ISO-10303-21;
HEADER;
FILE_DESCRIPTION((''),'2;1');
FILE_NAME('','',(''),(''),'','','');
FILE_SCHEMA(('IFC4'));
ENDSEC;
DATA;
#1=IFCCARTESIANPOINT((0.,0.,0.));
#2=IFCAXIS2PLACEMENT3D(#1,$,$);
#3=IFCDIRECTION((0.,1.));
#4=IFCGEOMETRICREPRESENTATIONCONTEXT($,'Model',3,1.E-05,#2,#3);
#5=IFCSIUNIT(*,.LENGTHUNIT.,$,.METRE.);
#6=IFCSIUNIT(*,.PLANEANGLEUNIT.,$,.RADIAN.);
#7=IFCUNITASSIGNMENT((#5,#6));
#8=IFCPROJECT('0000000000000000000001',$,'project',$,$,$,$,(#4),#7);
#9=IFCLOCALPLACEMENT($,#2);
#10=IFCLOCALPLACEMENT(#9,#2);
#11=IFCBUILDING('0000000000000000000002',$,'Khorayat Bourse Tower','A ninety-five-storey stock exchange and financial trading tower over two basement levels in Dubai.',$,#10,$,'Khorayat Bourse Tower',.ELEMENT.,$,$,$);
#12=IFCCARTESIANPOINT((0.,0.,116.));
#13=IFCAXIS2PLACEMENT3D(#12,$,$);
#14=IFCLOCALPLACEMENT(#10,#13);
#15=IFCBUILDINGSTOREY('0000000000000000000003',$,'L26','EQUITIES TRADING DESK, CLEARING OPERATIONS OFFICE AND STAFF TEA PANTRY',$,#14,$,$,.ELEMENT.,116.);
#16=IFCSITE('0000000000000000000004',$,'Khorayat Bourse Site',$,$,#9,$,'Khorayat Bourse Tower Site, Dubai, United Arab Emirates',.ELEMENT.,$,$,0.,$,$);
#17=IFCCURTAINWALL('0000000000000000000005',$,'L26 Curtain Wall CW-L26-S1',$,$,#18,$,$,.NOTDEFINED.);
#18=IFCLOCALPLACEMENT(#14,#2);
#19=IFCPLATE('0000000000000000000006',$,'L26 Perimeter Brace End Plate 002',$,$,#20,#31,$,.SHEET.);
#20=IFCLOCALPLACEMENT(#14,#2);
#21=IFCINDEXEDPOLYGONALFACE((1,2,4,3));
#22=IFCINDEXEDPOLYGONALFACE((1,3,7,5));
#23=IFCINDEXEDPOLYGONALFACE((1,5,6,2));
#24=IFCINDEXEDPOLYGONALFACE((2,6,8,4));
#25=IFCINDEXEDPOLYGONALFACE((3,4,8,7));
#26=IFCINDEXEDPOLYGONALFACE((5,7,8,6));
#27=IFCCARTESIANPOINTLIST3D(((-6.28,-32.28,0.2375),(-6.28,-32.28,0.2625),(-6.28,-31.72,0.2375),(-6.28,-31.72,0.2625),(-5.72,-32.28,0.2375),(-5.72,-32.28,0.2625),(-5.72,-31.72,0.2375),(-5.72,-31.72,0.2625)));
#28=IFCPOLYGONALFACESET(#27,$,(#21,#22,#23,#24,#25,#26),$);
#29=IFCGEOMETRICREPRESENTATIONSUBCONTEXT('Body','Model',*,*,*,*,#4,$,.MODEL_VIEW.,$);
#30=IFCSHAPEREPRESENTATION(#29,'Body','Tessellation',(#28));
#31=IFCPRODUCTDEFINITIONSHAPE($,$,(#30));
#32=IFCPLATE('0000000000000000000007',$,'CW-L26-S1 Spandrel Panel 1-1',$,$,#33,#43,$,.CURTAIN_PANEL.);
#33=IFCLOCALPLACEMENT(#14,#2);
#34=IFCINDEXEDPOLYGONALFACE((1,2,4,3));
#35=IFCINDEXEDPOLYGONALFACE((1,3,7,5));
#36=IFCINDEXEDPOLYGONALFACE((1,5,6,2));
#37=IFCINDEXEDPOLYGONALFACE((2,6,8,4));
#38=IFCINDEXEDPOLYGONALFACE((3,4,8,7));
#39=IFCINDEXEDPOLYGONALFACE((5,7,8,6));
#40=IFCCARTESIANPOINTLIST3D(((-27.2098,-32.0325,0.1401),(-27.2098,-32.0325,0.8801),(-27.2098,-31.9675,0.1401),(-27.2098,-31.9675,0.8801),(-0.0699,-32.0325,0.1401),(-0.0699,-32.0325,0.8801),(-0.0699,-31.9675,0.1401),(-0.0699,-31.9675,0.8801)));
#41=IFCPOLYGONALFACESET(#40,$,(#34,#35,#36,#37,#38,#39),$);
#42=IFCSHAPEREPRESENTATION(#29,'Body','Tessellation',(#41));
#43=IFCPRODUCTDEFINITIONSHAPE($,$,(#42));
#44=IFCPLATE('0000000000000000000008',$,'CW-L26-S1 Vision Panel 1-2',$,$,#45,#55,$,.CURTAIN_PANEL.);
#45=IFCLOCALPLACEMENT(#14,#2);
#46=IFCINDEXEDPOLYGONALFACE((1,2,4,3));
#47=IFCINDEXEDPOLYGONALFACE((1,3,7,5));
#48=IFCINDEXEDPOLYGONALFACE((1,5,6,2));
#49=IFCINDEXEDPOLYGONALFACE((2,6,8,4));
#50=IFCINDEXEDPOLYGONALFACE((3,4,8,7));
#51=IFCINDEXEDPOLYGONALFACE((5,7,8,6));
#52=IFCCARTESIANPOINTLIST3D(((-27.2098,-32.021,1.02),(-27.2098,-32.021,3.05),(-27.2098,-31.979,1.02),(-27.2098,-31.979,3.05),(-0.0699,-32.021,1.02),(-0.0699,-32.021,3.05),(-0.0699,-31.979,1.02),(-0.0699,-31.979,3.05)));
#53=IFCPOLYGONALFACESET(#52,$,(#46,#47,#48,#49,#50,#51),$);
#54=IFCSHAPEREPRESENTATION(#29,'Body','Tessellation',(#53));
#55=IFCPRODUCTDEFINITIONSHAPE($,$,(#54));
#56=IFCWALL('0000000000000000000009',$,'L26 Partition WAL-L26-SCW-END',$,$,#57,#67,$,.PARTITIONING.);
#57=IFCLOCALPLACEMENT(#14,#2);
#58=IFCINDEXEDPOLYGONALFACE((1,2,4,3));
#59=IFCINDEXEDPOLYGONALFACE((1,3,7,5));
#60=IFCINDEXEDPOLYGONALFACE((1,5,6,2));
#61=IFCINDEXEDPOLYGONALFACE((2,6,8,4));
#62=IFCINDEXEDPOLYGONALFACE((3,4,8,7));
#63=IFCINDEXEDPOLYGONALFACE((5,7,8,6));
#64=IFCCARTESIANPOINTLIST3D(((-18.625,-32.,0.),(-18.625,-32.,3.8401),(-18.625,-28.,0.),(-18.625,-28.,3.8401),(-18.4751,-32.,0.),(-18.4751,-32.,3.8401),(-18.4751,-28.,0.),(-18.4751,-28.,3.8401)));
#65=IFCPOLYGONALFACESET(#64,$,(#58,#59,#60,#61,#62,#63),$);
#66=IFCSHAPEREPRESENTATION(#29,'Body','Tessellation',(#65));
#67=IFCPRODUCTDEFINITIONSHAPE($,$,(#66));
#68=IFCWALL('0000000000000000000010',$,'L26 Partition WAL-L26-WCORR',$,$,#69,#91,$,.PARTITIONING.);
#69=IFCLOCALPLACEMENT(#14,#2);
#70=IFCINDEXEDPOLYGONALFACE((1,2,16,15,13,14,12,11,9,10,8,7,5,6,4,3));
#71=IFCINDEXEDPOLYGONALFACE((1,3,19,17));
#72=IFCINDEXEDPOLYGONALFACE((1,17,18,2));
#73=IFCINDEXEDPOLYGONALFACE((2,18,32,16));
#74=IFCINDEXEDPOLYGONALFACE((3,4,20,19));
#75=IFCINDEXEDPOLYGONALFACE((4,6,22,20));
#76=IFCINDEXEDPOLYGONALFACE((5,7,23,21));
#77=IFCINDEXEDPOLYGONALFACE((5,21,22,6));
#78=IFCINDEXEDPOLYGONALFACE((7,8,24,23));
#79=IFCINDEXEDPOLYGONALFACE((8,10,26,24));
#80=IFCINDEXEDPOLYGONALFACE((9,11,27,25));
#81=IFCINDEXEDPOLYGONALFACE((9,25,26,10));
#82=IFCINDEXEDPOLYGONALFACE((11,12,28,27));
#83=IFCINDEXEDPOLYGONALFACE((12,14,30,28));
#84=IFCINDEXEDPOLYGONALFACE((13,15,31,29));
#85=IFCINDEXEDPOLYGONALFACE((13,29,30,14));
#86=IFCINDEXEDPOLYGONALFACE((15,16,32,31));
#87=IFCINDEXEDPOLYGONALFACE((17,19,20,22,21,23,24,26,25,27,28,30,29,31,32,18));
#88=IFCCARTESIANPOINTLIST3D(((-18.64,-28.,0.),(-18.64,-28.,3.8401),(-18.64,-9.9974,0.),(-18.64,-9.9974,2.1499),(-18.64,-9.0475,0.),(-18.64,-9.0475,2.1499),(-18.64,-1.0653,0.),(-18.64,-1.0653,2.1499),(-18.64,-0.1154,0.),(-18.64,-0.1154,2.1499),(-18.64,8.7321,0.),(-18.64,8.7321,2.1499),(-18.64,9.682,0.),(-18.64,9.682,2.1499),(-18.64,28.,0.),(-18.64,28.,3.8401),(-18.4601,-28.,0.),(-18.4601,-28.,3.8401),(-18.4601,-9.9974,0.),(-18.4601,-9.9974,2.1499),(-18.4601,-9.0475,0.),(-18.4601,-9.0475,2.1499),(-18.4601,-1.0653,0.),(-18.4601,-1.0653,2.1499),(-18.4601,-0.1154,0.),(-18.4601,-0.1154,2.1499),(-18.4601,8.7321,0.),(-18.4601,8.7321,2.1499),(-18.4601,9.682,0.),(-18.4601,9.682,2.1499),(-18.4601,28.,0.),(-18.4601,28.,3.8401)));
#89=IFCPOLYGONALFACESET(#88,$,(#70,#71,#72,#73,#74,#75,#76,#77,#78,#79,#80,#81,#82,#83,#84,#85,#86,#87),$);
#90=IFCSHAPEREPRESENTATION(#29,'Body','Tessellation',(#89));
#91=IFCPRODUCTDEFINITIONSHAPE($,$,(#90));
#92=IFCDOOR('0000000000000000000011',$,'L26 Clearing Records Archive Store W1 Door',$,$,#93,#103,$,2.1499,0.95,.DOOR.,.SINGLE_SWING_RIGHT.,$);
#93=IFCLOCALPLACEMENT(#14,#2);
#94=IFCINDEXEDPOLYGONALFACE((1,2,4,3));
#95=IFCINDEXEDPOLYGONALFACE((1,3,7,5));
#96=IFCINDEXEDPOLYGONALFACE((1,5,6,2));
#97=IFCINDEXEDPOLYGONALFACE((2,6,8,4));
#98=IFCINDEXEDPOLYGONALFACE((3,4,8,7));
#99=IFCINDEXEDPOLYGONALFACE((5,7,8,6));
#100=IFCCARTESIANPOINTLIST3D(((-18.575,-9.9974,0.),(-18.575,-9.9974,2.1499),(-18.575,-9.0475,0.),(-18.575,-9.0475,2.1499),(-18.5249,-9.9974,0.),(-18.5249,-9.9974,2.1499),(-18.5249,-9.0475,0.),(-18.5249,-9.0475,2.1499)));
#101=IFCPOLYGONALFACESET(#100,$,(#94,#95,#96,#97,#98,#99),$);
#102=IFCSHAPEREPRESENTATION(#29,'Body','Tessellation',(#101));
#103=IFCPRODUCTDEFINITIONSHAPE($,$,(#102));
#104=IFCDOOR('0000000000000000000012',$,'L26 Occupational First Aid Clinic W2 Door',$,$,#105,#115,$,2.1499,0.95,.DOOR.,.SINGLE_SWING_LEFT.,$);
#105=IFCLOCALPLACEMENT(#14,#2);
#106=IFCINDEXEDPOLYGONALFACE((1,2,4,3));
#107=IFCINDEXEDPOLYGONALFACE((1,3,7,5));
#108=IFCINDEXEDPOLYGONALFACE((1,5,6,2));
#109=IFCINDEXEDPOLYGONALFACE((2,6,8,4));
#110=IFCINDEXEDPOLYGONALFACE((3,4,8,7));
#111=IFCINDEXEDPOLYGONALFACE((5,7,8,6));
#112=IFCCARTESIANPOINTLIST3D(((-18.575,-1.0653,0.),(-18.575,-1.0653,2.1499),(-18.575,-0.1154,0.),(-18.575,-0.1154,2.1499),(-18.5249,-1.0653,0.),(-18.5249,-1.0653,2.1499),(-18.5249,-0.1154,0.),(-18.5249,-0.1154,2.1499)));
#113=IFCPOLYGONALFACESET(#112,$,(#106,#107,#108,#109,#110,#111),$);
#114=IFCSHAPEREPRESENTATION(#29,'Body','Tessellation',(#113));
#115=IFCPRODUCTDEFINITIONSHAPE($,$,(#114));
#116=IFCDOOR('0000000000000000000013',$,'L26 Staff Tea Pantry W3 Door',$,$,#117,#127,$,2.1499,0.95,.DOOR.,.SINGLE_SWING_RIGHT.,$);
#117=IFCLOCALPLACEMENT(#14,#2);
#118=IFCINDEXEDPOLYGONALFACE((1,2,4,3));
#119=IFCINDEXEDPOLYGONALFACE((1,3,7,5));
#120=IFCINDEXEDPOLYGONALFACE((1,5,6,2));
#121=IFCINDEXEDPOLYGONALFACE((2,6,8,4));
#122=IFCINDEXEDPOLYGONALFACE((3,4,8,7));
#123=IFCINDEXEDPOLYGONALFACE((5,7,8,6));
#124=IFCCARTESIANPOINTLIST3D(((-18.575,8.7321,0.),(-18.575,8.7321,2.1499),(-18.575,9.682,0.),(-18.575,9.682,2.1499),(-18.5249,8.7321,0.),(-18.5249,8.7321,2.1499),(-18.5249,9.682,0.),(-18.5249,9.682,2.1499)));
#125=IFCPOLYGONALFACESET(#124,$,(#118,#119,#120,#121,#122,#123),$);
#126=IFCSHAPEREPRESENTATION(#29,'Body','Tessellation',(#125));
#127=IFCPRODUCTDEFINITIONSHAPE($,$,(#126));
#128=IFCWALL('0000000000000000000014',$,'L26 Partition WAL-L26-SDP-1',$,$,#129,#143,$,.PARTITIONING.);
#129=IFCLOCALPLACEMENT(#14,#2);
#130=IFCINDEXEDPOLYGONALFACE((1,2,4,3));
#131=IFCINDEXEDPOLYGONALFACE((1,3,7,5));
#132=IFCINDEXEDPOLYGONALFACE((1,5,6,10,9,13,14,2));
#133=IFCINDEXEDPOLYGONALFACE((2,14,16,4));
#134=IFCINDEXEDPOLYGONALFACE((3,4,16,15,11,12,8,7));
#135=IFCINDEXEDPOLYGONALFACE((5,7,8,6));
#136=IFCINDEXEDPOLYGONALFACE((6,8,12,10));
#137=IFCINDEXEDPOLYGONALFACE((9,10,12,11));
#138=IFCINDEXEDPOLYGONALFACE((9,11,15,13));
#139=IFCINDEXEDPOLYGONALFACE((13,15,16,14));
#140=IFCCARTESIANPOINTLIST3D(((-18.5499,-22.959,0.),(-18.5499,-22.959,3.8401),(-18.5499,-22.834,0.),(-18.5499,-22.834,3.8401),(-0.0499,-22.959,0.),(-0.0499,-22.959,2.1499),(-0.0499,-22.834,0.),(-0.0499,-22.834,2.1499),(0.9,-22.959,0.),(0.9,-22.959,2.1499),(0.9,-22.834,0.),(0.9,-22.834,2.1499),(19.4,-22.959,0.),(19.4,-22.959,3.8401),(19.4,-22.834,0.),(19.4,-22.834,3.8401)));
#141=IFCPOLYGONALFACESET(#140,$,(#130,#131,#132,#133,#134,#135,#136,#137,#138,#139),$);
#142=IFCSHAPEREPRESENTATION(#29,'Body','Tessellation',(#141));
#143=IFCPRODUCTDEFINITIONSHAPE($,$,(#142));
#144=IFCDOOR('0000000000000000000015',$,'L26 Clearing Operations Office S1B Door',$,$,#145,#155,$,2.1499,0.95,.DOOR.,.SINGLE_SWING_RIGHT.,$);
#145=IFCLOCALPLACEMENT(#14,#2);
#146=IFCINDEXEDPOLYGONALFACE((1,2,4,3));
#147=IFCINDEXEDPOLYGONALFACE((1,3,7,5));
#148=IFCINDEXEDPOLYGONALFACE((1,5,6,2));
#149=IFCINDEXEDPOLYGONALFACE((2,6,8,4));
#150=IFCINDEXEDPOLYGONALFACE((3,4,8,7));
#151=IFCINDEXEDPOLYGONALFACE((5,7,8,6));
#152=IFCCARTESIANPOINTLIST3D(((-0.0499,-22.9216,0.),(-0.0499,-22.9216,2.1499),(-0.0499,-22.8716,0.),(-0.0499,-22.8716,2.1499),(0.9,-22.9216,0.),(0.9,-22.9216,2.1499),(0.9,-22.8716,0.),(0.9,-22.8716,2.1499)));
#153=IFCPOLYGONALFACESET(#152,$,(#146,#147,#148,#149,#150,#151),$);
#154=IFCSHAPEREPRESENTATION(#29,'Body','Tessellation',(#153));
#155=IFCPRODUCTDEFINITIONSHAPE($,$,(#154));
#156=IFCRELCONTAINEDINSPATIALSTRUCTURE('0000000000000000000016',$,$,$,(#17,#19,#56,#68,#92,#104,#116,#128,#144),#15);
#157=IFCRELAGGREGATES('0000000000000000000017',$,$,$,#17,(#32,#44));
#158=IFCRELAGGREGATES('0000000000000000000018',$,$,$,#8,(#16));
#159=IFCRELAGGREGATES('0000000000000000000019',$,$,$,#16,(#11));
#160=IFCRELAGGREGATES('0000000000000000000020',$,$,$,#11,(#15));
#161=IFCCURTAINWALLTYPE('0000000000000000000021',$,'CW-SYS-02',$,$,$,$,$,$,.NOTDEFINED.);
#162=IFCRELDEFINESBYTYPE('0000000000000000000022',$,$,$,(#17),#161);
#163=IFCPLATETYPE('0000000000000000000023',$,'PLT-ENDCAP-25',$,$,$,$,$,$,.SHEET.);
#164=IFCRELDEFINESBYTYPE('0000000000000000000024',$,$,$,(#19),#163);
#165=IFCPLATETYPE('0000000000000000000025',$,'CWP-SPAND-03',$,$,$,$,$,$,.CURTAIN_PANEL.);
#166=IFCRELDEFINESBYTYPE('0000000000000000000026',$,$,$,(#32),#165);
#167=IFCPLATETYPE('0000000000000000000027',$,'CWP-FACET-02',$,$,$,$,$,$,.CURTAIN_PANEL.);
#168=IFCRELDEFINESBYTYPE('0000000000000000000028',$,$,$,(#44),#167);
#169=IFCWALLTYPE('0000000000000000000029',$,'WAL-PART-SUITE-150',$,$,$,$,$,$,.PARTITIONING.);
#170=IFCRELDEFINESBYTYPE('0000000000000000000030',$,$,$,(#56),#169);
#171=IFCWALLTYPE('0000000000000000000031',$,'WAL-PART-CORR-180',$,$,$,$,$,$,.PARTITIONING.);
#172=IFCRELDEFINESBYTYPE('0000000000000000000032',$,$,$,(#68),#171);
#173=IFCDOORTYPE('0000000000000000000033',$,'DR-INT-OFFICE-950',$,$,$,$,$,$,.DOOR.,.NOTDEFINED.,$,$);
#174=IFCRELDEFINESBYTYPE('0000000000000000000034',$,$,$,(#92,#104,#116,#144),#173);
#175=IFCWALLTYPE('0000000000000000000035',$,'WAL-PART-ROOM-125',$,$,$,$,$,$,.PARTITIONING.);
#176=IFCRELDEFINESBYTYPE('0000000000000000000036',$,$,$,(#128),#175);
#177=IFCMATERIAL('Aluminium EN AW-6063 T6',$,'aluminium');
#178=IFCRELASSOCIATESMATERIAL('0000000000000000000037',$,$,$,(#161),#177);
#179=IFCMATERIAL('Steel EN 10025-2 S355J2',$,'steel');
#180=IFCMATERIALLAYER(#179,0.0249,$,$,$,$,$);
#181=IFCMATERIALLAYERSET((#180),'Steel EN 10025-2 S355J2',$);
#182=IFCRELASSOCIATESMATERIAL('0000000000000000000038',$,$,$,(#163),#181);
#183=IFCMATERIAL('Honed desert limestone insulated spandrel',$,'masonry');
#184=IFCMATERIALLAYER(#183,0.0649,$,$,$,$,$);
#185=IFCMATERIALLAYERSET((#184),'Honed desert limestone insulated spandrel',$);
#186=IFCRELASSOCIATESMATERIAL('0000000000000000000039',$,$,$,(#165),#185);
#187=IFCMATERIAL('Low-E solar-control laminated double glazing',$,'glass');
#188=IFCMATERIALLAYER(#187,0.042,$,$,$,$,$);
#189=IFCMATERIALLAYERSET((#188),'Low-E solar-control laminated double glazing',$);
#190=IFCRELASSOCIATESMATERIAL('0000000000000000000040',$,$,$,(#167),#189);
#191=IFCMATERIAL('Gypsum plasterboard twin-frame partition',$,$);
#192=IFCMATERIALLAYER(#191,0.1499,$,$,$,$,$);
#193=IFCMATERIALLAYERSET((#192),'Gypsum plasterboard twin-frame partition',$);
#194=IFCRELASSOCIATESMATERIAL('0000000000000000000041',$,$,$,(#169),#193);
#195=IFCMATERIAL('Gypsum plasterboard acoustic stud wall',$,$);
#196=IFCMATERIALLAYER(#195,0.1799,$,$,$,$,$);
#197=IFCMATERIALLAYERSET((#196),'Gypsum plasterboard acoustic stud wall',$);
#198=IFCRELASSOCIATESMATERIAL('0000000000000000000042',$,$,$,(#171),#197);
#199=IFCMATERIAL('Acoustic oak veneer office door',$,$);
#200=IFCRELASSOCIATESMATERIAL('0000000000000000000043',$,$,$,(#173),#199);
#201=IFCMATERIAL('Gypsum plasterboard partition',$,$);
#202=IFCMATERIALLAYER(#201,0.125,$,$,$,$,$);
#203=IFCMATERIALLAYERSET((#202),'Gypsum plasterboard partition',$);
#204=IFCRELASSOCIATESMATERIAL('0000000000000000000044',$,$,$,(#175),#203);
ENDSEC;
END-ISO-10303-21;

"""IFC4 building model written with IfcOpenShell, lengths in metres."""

from ifc_helpers import new_model, si_unit, direction, frame, frame_2d, origin, origin_2d, place, context, subcontext, project, spatial, rectangle, extrude, source, transform, mapped, material, layer, layer_set, type_object, element, fill, aggregate, save


model = new_model("IFC4")

# Units and contexts
model_context = context("Model", 3, precision=1e-05, world=origin(), true_north=direction((0.0, 1.0)))
body_context = subcontext(model_context, "Body", "Model", "MODEL_VIEW")
ifc_project = project(units=[si_unit("LENGTHUNIT", "METRE"), si_unit("PLANEANGLEUNIT", "RADIAN")], contexts=[model_context])

# Site, building, storey
site_placement = place(None, origin())
site = spatial("IfcSite", under=ifc_project, at=site_placement, Name="Khorayat Bourse Site", LongName="Khorayat Bourse Tower Site, Dubai, United Arab Emirates", CompositionType="ELEMENT", RefElevation=0.0)
building_placement = place(site_placement, origin())
building = spatial("IfcBuilding", under=site, at=building_placement, Name="Khorayat Bourse Tower", Description="A ninety-five-storey stock exchange and financial trading tower over two basement levels in Dubai.", LongName="Khorayat Bourse Tower", CompositionType="ELEMENT")
storey_placement = place(building_placement, frame((0.0, 0.0, 116.0)))
storey = spatial("IfcBuildingStorey", under=building, at=storey_placement, Name="L26", Description="EQUITIES TRADING DESK, CLEARING OPERATIONS OFFICE AND STAFF TEA PANTRY", CompositionType="ELEMENT", Elevation=116.0)

# Curtain wall
ifc_material_1 = material(Name="Aluminium EN AW-6063 T6", Category="aluminium")
curtain_wall_type = type_object("IfcCurtainWallType", Name="CW-SYS-02", PredefinedType="NOTDEFINED", material=ifc_material_1)
curtain_wall_placement = place(storey_placement, origin())
curtain_wall = element("IfcCurtainWall", 1, at=curtain_wall_placement, inside=storey, type_object=curtain_wall_type, Name="L26 Curtain Wall CW-L26-S1", PredefinedType="NOTDEFINED")

# Plate
ifc_material_2 = material(Name="Steel EN 10025-2 S355J2", Category="steel")
ifc_layer_1 = layer(ifc_material_2, 0.0249)
ifc_layer_set_1 = layer_set([ifc_layer_1], Name="Steel EN 10025-2 S355J2")
plate_type_1 = type_object("IfcPlateType", Name="PLT-ENDCAP-25", PredefinedType="SHEET", material=ifc_layer_set_1)
shared_shape_1 = source(origin(), body_context, "Body", "SweptSolid", [
    extrude(rectangle(XDim=0.5601, YDim=0.5601, at=origin_2d()), origin(), (0.0, 0.0, 1.0), 0.0249),
])
for number, where, z_axis, x_axis, name in (
    (2, (-6.0, -32.0, 0.2375), (0.0, 0.0, 1.0), (1.0, 0.0, 0.0), "L26 Perimeter Brace End Plate 002"),
):
    element("IfcPlate", number, at=place(storey_placement, frame(where, z_axis=z_axis, x_axis=x_axis)), inside=storey, type_object=plate_type_1, Name=name, PredefinedType="SHEET", context=body_context, shape_type="MappedRepresentation", body=[
        mapped(shared_shape_1, transform((0.0, 0.0, 0.0), scale=1.0)),
    ])

# Plates
ifc_material_3 = material(Name="Honed desert limestone insulated spandrel", Category="masonry")
ifc_layer_2 = layer(ifc_material_3, 0.0649)
ifc_layer_set_2 = layer_set([ifc_layer_2], Name="Honed desert limestone insulated spandrel")
plate_type_2 = type_object("IfcPlateType", Name="CWP-SPAND-03", PredefinedType="CURTAIN_PANEL", material=ifc_layer_set_2)
shared_shape_2 = source(origin(), body_context, "Body", "SweptSolid", [
    extrude(rectangle(XDim=27.1399, YDim=0.0649, at=origin_2d()), origin(), (0.0, 0.0, 1.0), 0.74),
])
plate_1_placement = place(storey_placement, frame((-13.6399, -32.0, 0.1401), z_axis=(0.0, 0.0, 1.0), x_axis=(1.0, 0.0, 0.0)))
plate_1 = element("IfcPlate", 3, at=plate_1_placement, type_object=plate_type_2, Name="CW-L26-S1 Spandrel Panel 1-1", PredefinedType="CURTAIN_PANEL", context=body_context, shape_type="MappedRepresentation", body=[
    mapped(shared_shape_2, transform((0.0, 0.0, 0.0), scale=1.0)),
])
ifc_material_4 = material(Name="Low-E solar-control laminated double glazing", Category="glass")
ifc_layer_3 = layer(ifc_material_4, 0.042)
ifc_layer_set_3 = layer_set([ifc_layer_3], Name="Low-E solar-control laminated double glazing")
plate_type_3 = type_object("IfcPlateType", Name="CWP-FACET-02", PredefinedType="CURTAIN_PANEL", material=ifc_layer_set_3)
shared_shape_3 = source(origin(), body_context, "Body", "SweptSolid", [
    extrude(rectangle(XDim=27.1399, YDim=0.042, at=origin_2d()), origin(), (0.0, 0.0, 1.0), 2.03),
])
plate_2_placement = place(storey_placement, frame((-13.6399, -32.0, 1.02), z_axis=(0.0, 0.0, 1.0), x_axis=(1.0, 0.0, 0.0)))
plate_2 = element("IfcPlate", 4, at=plate_2_placement, type_object=plate_type_3, Name="CW-L26-S1 Vision Panel 1-2", PredefinedType="CURTAIN_PANEL", context=body_context, shape_type="MappedRepresentation", body=[
    mapped(shared_shape_3, transform((0.0, 0.0, 0.0), scale=1.0)),
])
aggregate(curtain_wall, [plate_1, plate_2])

# Wall
ifc_material_5 = material(Name="Gypsum plasterboard twin-frame partition")
ifc_layer_4 = layer(ifc_material_5, 0.1499)
ifc_layer_set_4 = layer_set([ifc_layer_4], Name="Gypsum plasterboard twin-frame partition")
wall_type_1 = type_object("IfcWallType", Name="WAL-PART-SUITE-150", PredefinedType="PARTITIONING", material=ifc_layer_set_4)
shared_shape_4 = source(origin(), body_context, "Body", "SweptSolid", [
    extrude(rectangle(XDim=4.0, YDim=0.1499, at=frame_2d((2.0, 0.0))), origin(), (0.0, 0.0, 1.0), 3.8401),
])
wall_1_placement = place(storey_placement, frame((-18.55, -32.0, 0.0), z_axis=(0.0, 0.0, 1.0), x_axis=(0.0, 1.0, 0.0)))
element("IfcWall", 5, at=wall_1_placement, inside=storey, type_object=wall_type_1, Name="L26 Partition WAL-L26-SCW-END", PredefinedType="PARTITIONING", context=body_context, shape_type="MappedRepresentation", body=[
    mapped(shared_shape_4, transform((0.0, 0.0, 0.0), scale=1.0)),
])

# Wall, openings, doors
ifc_material_6 = material(Name="Gypsum plasterboard acoustic stud wall")
ifc_layer_5 = layer(ifc_material_6, 0.1799)
ifc_layer_set_5 = layer_set([ifc_layer_5], Name="Gypsum plasterboard acoustic stud wall")
wall_type_2 = type_object("IfcWallType", Name="WAL-PART-CORR-180", PredefinedType="PARTITIONING", material=ifc_layer_set_5)
shared_shape_5 = source(origin(), body_context, "Body", "SweptSolid", [
    extrude(rectangle(XDim=56.0, YDim=0.1799, at=frame_2d((28.0, 0.0))), origin(), (0.0, 0.0, 1.0), 3.8401),
])
wall_2_placement = place(storey_placement, frame((-18.55, -28.0, 0.0), z_axis=(0.0, 0.0, 1.0), x_axis=(0.0, 1.0, 0.0)))
wall_2 = element("IfcWall", 6, at=wall_2_placement, inside=storey, type_object=wall_type_2, Name="L26 Partition WAL-L26-WCORR", PredefinedType="PARTITIONING", context=body_context, shape_type="MappedRepresentation", body=[
    mapped(shared_shape_5, transform((0.0, 0.0, 0.0), scale=1.0)),
])
shared_shape_6 = source(origin(), body_context, "Body", "SweptSolid", [
    extrude(rectangle(XDim=0.95, YDim=2.1499, at=frame_2d((0.4751, 1.075))), frame((0.0, 0.0999, 0.0), z_axis=(0.0, -1.0, 0.0), x_axis=(1.0, 0.0, 0.0)), (0.0, 0.0, 1.0), 0.2),
])
opening_1_placement = place(wall_2_placement, frame((18.0024, 0.0, 0.0)))
opening_1 = element("IfcOpeningElement", 7, at=opening_1_placement, cuts=wall_2, PredefinedType="OPENING", context=body_context, shape_type="MappedRepresentation", body=[
    mapped(shared_shape_6, transform((0.0, 0.0, 0.0), scale=1.0)),
])
opening_2_placement = place(wall_2_placement, frame((26.9346, 0.0, 0.0)))
opening_2 = element("IfcOpeningElement", 8, at=opening_2_placement, cuts=wall_2, PredefinedType="OPENING", context=body_context, shape_type="MappedRepresentation", body=[
    mapped(shared_shape_6, transform((0.0, 0.0, 0.0), scale=1.0)),
])
opening_3_placement = place(wall_2_placement, frame((36.7319, 0.0, 0.0)))
opening_3 = element("IfcOpeningElement", 9, at=opening_3_placement, cuts=wall_2, PredefinedType="OPENING", context=body_context, shape_type="MappedRepresentation", body=[
    mapped(shared_shape_6, transform((0.0, 0.0, 0.0), scale=1.0)),
])
ifc_material_7 = material(Name="Acoustic oak veneer office door")
door_type_1 = type_object("IfcDoorType", Name="DR-INT-OFFICE-950", OperationType="NOTDEFINED", PredefinedType="DOOR", material=ifc_material_7)
shared_shape_7 = source(origin(), body_context, "Body", "SweptSolid", [
    extrude(rectangle(XDim=0.95, YDim=2.1499, at=frame_2d((0.4751, 1.075))), frame((0.0, 0.0249, 0.0), z_axis=(0.0, -1.0, 0.0), x_axis=(1.0, 0.0, 0.0)), (0.0, 0.0, 1.0), 0.05),
])
door_1_placement = place(opening_1_placement, origin())
door_1 = element("IfcDoor", 10, at=door_1_placement, inside=storey, type_object=door_type_1, Name="L26 Clearing Records Archive Store W1 Door", OperationType="SINGLE_SWING_RIGHT", OverallHeight=2.1499, OverallWidth=0.95, PredefinedType="DOOR", context=body_context, shape_type="MappedRepresentation", body=[
    mapped(shared_shape_7, transform((0.0, 0.0, 0.0), scale=1.0)),
])
fill(opening_1, door_1)
door_2_placement = place(opening_2_placement, origin())
door_2 = element("IfcDoor", 11, at=door_2_placement, inside=storey, type_object=door_type_1, Name="L26 Occupational First Aid Clinic W2 Door", OperationType="SINGLE_SWING_LEFT", OverallHeight=2.1499, OverallWidth=0.95, PredefinedType="DOOR", context=body_context, shape_type="MappedRepresentation", body=[
    mapped(shared_shape_7, transform((0.0, 0.0, 0.0), scale=1.0)),
])
fill(opening_2, door_2)
door_3_placement = place(opening_3_placement, origin())
door_3 = element("IfcDoor", 12, at=door_3_placement, inside=storey, type_object=door_type_1, Name="L26 Staff Tea Pantry W3 Door", OperationType="SINGLE_SWING_RIGHT", OverallHeight=2.1499, OverallWidth=0.95, PredefinedType="DOOR", context=body_context, shape_type="MappedRepresentation", body=[
    mapped(shared_shape_7, transform((0.0, 0.0, 0.0), scale=1.0)),
])
fill(opening_3, door_3)

# Wall, opening, door
ifc_material_8 = material(Name="Gypsum plasterboard partition")
ifc_layer_6 = layer(ifc_material_8, 0.125)
ifc_layer_set_6 = layer_set([ifc_layer_6], Name="Gypsum plasterboard partition")
wall_type_3 = type_object("IfcWallType", Name="WAL-PART-ROOM-125", PredefinedType="PARTITIONING", material=ifc_layer_set_6)
shared_shape_8 = source(origin(), body_context, "Body", "SweptSolid", [
    extrude(rectangle(XDim=37.95, YDim=0.125, at=frame_2d((18.9751, 0.0))), origin(), (0.0, 0.0, 1.0), 3.8401),
])
wall_3_placement = place(storey_placement, frame((-18.55, -22.8965, 0.0), z_axis=(0.0, 0.0, 1.0), x_axis=(1.0, 0.0, 0.0)))
wall_3 = element("IfcWall", 13, at=wall_3_placement, inside=storey, type_object=wall_type_3, Name="L26 Partition WAL-L26-SDP-1", PredefinedType="PARTITIONING", context=body_context, shape_type="MappedRepresentation", body=[
    mapped(shared_shape_8, transform((0.0, 0.0, 0.0), scale=1.0)),
])
shared_shape_9 = source(origin(), body_context, "Body", "SweptSolid", [
    extrude(rectangle(XDim=0.95, YDim=2.1499, at=frame_2d((0.4751, 1.075))), frame((0.0, 0.0725, 0.0), z_axis=(0.0, -1.0, 0.0), x_axis=(1.0, 0.0, 0.0)), (0.0, 0.0, 1.0), 0.145),
])
opening_4_placement = place(wall_3_placement, frame((18.5, 0.0, 0.0)))
opening_4 = element("IfcOpeningElement", 14, at=opening_4_placement, cuts=wall_3, PredefinedType="OPENING", context=body_context, shape_type="MappedRepresentation", body=[
    mapped(shared_shape_9, transform((0.0, 0.0, 0.0), scale=1.0)),
])
door_4_placement = place(opening_4_placement, origin())
door_4 = element("IfcDoor", 15, at=door_4_placement, inside=storey, type_object=door_type_1, Name="L26 Clearing Operations Office S1B Door", OperationType="SINGLE_SWING_RIGHT", OverallHeight=2.1499, OverallWidth=0.95, PredefinedType="DOOR", context=body_context, shape_type="MappedRepresentation", body=[
    mapped(shared_shape_7, transform((0.0, 0.0, 0.0), scale=1.0)),
])
fill(opening_4, door_4)

save(model, "model.ifc")
